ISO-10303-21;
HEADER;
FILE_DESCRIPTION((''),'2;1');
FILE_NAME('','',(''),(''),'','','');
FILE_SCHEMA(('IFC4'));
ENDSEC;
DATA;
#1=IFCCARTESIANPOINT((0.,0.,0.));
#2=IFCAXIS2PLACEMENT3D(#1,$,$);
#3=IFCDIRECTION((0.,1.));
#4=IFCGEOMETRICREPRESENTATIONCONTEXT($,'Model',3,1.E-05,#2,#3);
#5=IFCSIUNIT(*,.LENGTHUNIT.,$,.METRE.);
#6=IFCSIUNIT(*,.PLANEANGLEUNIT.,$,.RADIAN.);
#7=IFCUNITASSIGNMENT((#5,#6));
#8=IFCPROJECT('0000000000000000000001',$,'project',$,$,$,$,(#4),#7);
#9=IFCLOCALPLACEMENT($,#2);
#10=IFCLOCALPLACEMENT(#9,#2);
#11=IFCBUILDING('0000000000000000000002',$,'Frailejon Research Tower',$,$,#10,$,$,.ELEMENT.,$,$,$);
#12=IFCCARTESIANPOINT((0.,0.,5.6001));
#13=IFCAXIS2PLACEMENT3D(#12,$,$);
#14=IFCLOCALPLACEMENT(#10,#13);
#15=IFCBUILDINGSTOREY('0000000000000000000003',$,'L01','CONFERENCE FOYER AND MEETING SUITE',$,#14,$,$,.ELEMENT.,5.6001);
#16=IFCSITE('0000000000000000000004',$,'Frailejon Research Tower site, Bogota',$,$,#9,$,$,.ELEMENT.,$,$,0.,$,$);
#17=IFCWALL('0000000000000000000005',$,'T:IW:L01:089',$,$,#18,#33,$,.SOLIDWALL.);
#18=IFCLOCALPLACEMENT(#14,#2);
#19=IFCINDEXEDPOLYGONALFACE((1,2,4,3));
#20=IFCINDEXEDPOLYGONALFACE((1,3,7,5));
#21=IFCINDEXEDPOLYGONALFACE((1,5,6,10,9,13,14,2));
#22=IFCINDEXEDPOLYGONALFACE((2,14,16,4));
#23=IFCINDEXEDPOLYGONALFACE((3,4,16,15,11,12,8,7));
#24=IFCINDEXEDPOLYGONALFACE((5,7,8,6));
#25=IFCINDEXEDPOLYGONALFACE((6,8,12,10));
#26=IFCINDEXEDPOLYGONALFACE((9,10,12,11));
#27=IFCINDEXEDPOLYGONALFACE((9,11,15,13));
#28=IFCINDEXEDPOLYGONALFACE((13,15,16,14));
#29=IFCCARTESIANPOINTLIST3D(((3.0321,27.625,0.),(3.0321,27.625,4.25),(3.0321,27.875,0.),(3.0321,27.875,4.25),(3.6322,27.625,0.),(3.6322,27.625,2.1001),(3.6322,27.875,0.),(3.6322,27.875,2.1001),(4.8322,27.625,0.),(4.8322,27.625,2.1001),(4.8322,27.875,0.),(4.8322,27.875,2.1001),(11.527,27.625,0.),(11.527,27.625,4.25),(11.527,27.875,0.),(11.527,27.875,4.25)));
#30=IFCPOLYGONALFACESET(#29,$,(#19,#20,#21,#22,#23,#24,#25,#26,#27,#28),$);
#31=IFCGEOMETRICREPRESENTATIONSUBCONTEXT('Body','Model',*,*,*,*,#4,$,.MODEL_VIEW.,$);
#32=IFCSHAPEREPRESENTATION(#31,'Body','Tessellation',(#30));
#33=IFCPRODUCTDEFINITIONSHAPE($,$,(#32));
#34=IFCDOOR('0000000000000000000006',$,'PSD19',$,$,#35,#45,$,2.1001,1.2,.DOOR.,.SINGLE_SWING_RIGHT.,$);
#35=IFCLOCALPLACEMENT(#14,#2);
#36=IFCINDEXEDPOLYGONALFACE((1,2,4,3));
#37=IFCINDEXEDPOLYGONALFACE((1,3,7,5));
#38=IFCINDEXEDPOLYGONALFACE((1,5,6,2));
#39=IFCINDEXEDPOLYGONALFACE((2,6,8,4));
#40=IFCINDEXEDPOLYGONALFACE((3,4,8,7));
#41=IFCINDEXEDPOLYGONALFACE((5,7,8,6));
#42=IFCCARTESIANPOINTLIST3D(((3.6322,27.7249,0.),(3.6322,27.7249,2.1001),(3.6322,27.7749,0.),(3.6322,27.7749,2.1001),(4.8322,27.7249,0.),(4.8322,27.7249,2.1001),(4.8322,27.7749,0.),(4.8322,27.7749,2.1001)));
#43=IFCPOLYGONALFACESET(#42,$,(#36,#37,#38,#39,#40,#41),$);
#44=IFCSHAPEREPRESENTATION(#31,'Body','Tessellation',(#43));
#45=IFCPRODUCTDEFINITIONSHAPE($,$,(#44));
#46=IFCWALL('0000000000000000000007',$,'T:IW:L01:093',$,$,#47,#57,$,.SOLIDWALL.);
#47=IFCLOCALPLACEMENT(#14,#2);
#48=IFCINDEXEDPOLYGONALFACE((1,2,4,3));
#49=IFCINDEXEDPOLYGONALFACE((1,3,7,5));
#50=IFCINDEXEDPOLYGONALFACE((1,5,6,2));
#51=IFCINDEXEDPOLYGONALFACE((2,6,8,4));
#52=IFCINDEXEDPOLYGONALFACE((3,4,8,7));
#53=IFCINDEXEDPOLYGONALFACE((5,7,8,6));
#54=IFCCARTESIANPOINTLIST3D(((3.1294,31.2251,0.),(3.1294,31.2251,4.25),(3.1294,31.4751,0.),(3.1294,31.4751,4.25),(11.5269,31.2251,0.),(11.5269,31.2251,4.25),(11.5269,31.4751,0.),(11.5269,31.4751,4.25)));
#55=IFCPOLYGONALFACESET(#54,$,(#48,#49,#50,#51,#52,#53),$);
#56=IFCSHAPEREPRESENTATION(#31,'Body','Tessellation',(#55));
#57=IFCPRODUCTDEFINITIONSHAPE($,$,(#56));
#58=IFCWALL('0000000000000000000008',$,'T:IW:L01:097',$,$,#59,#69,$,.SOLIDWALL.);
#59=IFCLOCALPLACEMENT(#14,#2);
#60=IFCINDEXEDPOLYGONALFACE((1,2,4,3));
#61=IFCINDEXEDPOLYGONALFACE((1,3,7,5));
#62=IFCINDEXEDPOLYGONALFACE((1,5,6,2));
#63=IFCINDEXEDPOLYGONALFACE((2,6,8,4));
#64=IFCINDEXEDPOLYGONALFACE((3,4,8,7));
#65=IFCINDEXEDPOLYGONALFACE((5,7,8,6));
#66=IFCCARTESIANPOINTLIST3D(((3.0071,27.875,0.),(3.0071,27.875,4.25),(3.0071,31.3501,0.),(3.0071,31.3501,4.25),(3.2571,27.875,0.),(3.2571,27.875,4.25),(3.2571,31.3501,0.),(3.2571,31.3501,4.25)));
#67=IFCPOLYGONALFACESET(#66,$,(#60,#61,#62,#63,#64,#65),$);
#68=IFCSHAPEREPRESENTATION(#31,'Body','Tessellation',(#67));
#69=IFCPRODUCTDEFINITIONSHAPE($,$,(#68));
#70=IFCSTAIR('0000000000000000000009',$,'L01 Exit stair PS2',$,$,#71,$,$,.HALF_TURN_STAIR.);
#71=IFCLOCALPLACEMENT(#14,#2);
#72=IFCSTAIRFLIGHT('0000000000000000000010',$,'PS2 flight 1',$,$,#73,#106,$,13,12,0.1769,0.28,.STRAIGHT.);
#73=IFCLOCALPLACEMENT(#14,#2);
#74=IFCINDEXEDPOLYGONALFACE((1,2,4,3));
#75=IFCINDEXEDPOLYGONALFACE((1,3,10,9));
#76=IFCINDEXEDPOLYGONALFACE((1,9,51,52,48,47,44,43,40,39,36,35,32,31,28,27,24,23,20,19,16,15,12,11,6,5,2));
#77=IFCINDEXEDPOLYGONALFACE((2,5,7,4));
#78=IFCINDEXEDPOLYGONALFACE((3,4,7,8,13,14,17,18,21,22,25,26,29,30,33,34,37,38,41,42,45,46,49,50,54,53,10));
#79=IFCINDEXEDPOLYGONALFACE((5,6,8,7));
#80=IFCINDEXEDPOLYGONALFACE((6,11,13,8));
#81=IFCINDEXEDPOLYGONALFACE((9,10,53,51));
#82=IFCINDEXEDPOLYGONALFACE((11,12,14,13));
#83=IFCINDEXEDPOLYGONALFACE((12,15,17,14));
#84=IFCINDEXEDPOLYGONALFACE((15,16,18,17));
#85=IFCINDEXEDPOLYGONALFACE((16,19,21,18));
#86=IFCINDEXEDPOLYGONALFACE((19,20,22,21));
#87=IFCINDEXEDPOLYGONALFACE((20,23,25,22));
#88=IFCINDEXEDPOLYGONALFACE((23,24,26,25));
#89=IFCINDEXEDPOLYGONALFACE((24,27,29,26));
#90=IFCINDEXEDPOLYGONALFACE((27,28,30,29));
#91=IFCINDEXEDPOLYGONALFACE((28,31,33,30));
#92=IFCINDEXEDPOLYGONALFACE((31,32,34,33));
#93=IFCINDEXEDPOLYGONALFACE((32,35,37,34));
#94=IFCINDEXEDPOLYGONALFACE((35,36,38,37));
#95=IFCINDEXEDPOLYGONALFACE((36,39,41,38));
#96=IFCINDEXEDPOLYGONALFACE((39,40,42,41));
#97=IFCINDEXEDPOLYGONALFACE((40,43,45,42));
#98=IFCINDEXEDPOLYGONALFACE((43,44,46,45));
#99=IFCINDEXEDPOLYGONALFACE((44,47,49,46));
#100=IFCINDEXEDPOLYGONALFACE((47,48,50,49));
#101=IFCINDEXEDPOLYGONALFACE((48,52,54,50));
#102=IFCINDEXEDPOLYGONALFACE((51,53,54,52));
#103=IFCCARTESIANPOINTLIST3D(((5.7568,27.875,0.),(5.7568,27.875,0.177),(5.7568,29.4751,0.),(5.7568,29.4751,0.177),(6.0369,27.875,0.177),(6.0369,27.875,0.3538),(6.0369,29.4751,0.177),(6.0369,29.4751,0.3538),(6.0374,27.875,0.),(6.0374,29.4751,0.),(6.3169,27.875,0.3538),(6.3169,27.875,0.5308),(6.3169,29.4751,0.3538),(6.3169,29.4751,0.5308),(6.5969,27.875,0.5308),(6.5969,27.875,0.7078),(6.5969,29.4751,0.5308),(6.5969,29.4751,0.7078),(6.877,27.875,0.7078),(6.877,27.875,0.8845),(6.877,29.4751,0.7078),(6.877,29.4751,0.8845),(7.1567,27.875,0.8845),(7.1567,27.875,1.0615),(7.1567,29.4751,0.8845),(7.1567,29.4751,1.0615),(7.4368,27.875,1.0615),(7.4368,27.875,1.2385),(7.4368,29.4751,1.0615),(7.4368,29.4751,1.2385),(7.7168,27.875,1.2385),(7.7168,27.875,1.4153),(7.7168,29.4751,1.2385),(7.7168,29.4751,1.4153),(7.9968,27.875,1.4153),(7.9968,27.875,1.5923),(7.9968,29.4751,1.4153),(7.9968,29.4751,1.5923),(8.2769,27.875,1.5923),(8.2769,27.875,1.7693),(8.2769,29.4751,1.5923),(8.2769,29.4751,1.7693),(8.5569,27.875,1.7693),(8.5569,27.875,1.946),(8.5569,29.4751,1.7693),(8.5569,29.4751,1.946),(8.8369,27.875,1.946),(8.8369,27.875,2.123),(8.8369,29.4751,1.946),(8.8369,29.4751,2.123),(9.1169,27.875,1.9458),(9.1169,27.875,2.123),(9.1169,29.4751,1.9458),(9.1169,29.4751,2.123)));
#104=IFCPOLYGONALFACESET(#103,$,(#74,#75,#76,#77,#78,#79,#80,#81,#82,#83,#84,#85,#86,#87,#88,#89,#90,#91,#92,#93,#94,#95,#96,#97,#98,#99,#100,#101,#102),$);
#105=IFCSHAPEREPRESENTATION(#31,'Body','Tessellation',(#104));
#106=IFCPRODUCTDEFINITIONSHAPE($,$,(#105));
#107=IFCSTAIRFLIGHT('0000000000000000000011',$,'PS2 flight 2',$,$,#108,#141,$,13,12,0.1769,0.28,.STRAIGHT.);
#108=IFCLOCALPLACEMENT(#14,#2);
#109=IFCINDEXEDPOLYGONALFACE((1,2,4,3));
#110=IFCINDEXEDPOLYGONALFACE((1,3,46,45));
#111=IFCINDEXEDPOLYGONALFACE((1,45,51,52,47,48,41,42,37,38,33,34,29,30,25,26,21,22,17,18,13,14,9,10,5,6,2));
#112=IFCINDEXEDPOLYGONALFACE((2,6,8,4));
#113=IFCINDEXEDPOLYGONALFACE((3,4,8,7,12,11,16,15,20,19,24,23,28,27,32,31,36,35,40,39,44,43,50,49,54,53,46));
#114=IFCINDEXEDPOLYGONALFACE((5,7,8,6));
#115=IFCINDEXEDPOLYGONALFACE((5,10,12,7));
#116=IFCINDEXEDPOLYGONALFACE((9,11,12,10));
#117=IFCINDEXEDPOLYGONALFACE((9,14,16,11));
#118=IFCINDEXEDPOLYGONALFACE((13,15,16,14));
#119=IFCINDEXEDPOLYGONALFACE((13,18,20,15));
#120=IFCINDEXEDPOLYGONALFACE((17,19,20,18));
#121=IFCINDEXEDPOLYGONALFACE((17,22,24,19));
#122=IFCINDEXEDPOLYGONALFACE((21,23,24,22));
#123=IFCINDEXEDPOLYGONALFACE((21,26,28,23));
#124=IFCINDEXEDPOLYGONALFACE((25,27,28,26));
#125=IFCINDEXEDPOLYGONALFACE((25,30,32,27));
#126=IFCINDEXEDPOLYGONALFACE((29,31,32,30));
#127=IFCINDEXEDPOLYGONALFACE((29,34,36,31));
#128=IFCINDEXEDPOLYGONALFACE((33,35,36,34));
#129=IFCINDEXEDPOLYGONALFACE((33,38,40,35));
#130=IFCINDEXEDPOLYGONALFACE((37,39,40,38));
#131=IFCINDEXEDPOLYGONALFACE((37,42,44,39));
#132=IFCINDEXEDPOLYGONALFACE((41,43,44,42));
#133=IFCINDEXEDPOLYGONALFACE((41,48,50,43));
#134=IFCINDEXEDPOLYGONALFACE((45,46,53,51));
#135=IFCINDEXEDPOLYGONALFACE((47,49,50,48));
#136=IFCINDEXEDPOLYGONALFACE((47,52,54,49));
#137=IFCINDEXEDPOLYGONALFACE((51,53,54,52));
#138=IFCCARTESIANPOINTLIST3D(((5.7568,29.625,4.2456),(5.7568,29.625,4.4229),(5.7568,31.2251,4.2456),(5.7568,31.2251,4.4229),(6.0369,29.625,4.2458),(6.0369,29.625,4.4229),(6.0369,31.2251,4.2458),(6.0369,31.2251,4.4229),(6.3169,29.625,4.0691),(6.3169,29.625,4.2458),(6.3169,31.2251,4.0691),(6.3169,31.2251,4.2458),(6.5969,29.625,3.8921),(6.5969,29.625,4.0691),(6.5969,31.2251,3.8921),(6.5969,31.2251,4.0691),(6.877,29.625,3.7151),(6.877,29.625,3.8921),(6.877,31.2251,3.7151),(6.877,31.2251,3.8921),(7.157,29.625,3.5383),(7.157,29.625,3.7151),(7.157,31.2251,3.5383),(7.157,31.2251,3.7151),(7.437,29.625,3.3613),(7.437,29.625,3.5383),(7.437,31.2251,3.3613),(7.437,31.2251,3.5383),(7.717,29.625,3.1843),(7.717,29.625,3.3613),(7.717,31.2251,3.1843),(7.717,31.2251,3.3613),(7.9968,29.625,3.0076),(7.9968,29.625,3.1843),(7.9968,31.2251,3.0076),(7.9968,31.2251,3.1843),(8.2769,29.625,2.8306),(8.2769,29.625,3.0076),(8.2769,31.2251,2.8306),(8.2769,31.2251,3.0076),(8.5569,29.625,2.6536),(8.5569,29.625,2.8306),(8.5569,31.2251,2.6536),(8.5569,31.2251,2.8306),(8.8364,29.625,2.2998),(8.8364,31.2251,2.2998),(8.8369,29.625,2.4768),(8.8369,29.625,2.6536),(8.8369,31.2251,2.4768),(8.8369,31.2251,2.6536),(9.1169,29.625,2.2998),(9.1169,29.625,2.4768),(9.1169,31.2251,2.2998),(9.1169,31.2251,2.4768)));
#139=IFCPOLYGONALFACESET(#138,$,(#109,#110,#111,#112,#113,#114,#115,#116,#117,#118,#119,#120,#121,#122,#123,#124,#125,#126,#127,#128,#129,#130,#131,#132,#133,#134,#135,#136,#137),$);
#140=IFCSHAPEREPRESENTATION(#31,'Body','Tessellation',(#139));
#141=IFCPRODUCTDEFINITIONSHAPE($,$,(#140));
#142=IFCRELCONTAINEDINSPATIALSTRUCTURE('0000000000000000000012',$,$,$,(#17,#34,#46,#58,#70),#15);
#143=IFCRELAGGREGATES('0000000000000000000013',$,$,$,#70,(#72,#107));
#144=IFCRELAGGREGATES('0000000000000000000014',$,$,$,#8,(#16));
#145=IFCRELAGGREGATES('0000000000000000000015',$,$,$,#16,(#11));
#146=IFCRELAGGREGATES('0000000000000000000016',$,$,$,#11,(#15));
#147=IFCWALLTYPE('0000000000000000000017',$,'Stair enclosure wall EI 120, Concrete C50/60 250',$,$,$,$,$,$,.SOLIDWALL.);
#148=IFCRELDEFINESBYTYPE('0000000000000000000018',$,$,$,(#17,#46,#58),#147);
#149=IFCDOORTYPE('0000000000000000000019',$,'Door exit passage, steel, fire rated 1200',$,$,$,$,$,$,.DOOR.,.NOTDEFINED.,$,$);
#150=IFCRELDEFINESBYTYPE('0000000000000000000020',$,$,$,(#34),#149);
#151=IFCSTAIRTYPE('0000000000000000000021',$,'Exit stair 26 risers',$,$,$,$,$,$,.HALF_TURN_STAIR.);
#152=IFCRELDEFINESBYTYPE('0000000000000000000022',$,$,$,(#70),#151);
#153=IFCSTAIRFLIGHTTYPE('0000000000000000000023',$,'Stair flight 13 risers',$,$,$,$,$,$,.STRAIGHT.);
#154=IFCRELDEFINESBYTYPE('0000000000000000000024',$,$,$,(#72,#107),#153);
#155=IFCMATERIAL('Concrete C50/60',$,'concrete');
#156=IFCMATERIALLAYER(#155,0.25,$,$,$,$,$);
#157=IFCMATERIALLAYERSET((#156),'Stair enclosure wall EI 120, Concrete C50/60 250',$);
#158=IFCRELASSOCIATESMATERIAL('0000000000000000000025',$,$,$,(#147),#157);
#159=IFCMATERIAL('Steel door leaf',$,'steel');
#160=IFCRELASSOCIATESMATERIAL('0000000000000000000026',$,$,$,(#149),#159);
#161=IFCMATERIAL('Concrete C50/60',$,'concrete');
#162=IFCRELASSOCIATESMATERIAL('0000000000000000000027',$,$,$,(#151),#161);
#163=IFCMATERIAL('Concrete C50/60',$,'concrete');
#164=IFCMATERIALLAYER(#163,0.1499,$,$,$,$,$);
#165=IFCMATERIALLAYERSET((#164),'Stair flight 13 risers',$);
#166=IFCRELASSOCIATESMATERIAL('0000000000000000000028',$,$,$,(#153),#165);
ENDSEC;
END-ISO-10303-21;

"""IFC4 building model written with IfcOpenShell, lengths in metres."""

from ifc_helpers import new_model, si_unit, direction, frame, frame_2d, origin, place, context, subcontext, project, spatial, polyline, rectangle, outline, extrude, material, layer, layer_set, type_object, element, fill, aggregate, save


model = new_model("IFC4")

# Units and contexts
model_context = context("Model", 3, precision=1e-05, world=origin(), true_north=direction((0.0, 1.0)))
body_context = subcontext(model_context, "Body", "Model", "MODEL_VIEW")
ifc_project = project(units=[si_unit("LENGTHUNIT", "METRE"), si_unit("PLANEANGLEUNIT", "RADIAN")], contexts=[model_context])

# Site, building, storey
site_placement = place(None, origin())
site = spatial("IfcSite", under=ifc_project, at=site_placement, Name="Frailejon Research Tower site, Bogota", CompositionType="ELEMENT", RefElevation=0.0)
building_placement = place(site_placement, origin())
building = spatial("IfcBuilding", under=site, at=building_placement, Name="Frailejon Research Tower", CompositionType="ELEMENT")
storey_placement = place(building_placement, frame((0.0, 0.0, 5.6001)))
storey = spatial("IfcBuildingStorey", under=building, at=storey_placement, Name="L01", Description="CONFERENCE FOYER AND MEETING SUITE", CompositionType="ELEMENT", Elevation=5.6001)

# Wall, opening, door
ifc_material_1 = material(Name="Concrete C50/60", Category="concrete")
ifc_layer_1 = layer(ifc_material_1, 0.25)
ifc_layer_set_1 = layer_set([ifc_layer_1], Name="Stair enclosure wall EI 120, Concrete C50/60 250")
wall_type_1 = type_object("IfcWallType", Name="Stair enclosure wall EI 120, Concrete C50/60 250", PredefinedType="SOLIDWALL", material=ifc_layer_set_1)
wall_1_placement = place(storey_placement, frame((3.032, 27.75, 0.0), z_axis=(0.0, 0.0, 1.0), x_axis=(1.0, 0.0, 0.0)))
wall_1 = element("IfcWall", 1, at=wall_1_placement, inside=storey, type_object=wall_type_1, Name="T:IW:L01:089", PredefinedType="SOLIDWALL", context=body_context, shape_type="SweptSolid", body=[
    extrude(rectangle(XDim=8.4949, YDim=0.25, at=frame_2d((4.2476, 0.0))), origin(), (0.0, 0.0, 1.0), 4.25),
])
opening_placement = place(wall_1_placement, frame((0.6001, 0.0, 0.0)))
opening = element("IfcOpeningElement", 2, at=opening_placement, cuts=wall_1, PredefinedType="OPENING", context=body_context, shape_type="SweptSolid", body=[
    extrude(rectangle(XDim=1.2, YDim=2.1001, at=frame_2d((0.6001, 1.05))), frame((0.0, 0.135, 0.0), z_axis=(0.0, -1.0, 0.0), x_axis=(1.0, 0.0, 0.0)), (0.0, 0.0, 1.0), 0.27),
])
ifc_material_2 = material(Name="Steel door leaf", Category="steel")
door_type = type_object("IfcDoorType", Name="Door exit passage, steel, fire rated 1200", OperationType="NOTDEFINED", PredefinedType="DOOR", material=ifc_material_2)
door_placement = place(opening_placement, origin())
door = element("IfcDoor", 3, at=door_placement, inside=storey, type_object=door_type, Name="PSD19", OperationType="SINGLE_SWING_RIGHT", OverallHeight=2.1001, OverallWidth=1.2, PredefinedType="DOOR", context=body_context, shape_type="SweptSolid", body=[
    extrude(rectangle(XDim=1.2, YDim=2.1001, at=frame_2d((0.6001, 1.05))), frame((0.0, 0.0249, 0.0), z_axis=(0.0, -1.0, 0.0), x_axis=(1.0, 0.0, 0.0)), (0.0, 0.0, 1.0), 0.05),
])
fill(opening, door)

# Walls
wall_2_placement = place(storey_placement, frame((3.1294, 31.3501, 0.0), z_axis=(0.0, 0.0, 1.0), x_axis=(1.0, 0.0, 0.0)))
element("IfcWall", 4, at=wall_2_placement, inside=storey, type_object=wall_type_1, Name="T:IW:L01:093", PredefinedType="SOLIDWALL", context=body_context, shape_type="SweptSolid", body=[
    extrude(rectangle(XDim=8.3975, YDim=0.25, at=frame_2d((4.1987, 0.0))), origin(), (0.0, 0.0, 1.0), 4.25),
])
wall_3_placement = place(storey_placement, frame((3.1321, 27.875, 0.0), z_axis=(0.0, 0.0, 1.0), x_axis=(0.0, 1.0, 0.0)))
element("IfcWall", 5, at=wall_3_placement, inside=storey, type_object=wall_type_1, Name="T:IW:L01:097", PredefinedType="SOLIDWALL", context=body_context, shape_type="SweptSolid", body=[
    extrude(rectangle(XDim=3.4751, YDim=0.25, at=frame_2d((1.7375, 0.0))), origin(), (0.0, 0.0, 1.0), 4.25),
])

# Stair, stair flights
ifc_material_3 = material(Name="Concrete C50/60", Category="concrete")
stair_type = type_object("IfcStairType", Name="Exit stair 26 risers", PredefinedType="HALF_TURN_STAIR", material=ifc_material_3)
stair_placement = place(storey_placement, origin())
stair = element("IfcStair", 6, at=stair_placement, inside=storey, type_object=stair_type, Name="L01 Exit stair PS2", PredefinedType="HALF_TURN_STAIR")
ifc_material_4 = material(Name="Concrete C50/60", Category="concrete")
ifc_layer_2 = layer(ifc_material_4, 0.1499)
ifc_layer_set_2 = layer_set([ifc_layer_2], Name="Stair flight 13 risers")
stair_flight_type = type_object("IfcStairFlightType", Name="Stair flight 13 risers", PredefinedType="STRAIGHT", material=ifc_layer_set_2)
stair_flight_1_placement = place(storey_placement, frame((5.7568, 28.675, 0.0), z_axis=(0.0, 0.0, 1.0), x_axis=(1.0, 0.0, 0.0)))
stair_flight_1 = element("IfcStairFlight", 7, at=stair_flight_1_placement, type_object=stair_flight_type, Name="PS2 flight 1", NumberOfRisers=13, NumberOfTreads=12, PredefinedType="STRAIGHT", RiserHeight=0.1769, TreadLength=0.28, context=body_context, shape_type="SweptSolid", body=[
    extrude(outline(polyline([(0.0, 0.0), (0.0, 0.177), (0.28, 0.177), (0.28, 0.3538), (0.5601, 0.3538), (0.5601, 0.5308), (0.8401, 0.5308), (0.8401, 0.7078), (1.1201, 0.7078), (1.1201, 0.8845), (1.3999, 0.8845), (1.3999, 1.0615), (1.6799, 1.0615), (1.6799, 1.2385), (1.96, 1.2385), (1.96, 1.4153), (2.24, 1.4153), (2.24, 1.5923), (2.52, 1.5923), (2.52, 1.7693), (2.8, 1.7693), (2.8, 1.946), (3.0801, 1.946), (3.0801, 2.123), (3.3601, 2.123), (3.3601, 2.3), (3.3601, 1.9458), (0.2805, 0.0), (0.0, 0.0)])), frame((0.0, 0.8, 0.0), z_axis=(0.0, -1.0, 0.0), x_axis=(1.0, 0.0, 0.0)), (0.0, 0.0, 1.0), 1.6001),
])
stair_flight_2_placement = place(storey_placement, frame((9.1169, 30.425, 2.2998), z_axis=(0.0, 0.0, 1.0), x_axis=(-1.0, 0.0, 0.0)))
stair_flight_2 = element("IfcStairFlight", 8, at=stair_flight_2_placement, type_object=stair_flight_type, Name="PS2 flight 2", NumberOfRisers=13, NumberOfTreads=12, PredefinedType="STRAIGHT", RiserHeight=0.1769, TreadLength=0.28, context=body_context, shape_type="SweptSolid", body=[
    extrude(outline(polyline([(0.0, 0.0), (0.0, 0.177), (0.28, 0.177), (0.28, 0.3538), (0.5601, 0.3538), (0.5601, 0.5308), (0.8401, 0.5308), (0.8401, 0.7078), (1.1201, 0.7078), (1.1201, 0.8845), (1.3999, 0.8845), (1.3999, 1.0615), (1.6799, 1.0615), (1.6799, 1.2385), (1.96, 1.2385), (1.96, 1.4153), (2.24, 1.4153), (2.24, 1.5923), (2.52, 1.5923), (2.52, 1.7693), (2.8, 1.7693), (2.8, 1.946), (3.0801, 1.946), (3.0801, 2.123), (3.3601, 2.123), (3.3601, 2.3), (3.3601, 1.9458), (0.2805, 0.0), (0.0, 0.0)])), frame((0.0, 0.8, 0.0), z_axis=(0.0, -1.0, 0.0), x_axis=(1.0, 0.0, 0.0)), (0.0, 0.0, 1.0), 1.6001),
])
aggregate(stair, [stair_flight_1, stair_flight_2])

save(model, "model.ifc")
